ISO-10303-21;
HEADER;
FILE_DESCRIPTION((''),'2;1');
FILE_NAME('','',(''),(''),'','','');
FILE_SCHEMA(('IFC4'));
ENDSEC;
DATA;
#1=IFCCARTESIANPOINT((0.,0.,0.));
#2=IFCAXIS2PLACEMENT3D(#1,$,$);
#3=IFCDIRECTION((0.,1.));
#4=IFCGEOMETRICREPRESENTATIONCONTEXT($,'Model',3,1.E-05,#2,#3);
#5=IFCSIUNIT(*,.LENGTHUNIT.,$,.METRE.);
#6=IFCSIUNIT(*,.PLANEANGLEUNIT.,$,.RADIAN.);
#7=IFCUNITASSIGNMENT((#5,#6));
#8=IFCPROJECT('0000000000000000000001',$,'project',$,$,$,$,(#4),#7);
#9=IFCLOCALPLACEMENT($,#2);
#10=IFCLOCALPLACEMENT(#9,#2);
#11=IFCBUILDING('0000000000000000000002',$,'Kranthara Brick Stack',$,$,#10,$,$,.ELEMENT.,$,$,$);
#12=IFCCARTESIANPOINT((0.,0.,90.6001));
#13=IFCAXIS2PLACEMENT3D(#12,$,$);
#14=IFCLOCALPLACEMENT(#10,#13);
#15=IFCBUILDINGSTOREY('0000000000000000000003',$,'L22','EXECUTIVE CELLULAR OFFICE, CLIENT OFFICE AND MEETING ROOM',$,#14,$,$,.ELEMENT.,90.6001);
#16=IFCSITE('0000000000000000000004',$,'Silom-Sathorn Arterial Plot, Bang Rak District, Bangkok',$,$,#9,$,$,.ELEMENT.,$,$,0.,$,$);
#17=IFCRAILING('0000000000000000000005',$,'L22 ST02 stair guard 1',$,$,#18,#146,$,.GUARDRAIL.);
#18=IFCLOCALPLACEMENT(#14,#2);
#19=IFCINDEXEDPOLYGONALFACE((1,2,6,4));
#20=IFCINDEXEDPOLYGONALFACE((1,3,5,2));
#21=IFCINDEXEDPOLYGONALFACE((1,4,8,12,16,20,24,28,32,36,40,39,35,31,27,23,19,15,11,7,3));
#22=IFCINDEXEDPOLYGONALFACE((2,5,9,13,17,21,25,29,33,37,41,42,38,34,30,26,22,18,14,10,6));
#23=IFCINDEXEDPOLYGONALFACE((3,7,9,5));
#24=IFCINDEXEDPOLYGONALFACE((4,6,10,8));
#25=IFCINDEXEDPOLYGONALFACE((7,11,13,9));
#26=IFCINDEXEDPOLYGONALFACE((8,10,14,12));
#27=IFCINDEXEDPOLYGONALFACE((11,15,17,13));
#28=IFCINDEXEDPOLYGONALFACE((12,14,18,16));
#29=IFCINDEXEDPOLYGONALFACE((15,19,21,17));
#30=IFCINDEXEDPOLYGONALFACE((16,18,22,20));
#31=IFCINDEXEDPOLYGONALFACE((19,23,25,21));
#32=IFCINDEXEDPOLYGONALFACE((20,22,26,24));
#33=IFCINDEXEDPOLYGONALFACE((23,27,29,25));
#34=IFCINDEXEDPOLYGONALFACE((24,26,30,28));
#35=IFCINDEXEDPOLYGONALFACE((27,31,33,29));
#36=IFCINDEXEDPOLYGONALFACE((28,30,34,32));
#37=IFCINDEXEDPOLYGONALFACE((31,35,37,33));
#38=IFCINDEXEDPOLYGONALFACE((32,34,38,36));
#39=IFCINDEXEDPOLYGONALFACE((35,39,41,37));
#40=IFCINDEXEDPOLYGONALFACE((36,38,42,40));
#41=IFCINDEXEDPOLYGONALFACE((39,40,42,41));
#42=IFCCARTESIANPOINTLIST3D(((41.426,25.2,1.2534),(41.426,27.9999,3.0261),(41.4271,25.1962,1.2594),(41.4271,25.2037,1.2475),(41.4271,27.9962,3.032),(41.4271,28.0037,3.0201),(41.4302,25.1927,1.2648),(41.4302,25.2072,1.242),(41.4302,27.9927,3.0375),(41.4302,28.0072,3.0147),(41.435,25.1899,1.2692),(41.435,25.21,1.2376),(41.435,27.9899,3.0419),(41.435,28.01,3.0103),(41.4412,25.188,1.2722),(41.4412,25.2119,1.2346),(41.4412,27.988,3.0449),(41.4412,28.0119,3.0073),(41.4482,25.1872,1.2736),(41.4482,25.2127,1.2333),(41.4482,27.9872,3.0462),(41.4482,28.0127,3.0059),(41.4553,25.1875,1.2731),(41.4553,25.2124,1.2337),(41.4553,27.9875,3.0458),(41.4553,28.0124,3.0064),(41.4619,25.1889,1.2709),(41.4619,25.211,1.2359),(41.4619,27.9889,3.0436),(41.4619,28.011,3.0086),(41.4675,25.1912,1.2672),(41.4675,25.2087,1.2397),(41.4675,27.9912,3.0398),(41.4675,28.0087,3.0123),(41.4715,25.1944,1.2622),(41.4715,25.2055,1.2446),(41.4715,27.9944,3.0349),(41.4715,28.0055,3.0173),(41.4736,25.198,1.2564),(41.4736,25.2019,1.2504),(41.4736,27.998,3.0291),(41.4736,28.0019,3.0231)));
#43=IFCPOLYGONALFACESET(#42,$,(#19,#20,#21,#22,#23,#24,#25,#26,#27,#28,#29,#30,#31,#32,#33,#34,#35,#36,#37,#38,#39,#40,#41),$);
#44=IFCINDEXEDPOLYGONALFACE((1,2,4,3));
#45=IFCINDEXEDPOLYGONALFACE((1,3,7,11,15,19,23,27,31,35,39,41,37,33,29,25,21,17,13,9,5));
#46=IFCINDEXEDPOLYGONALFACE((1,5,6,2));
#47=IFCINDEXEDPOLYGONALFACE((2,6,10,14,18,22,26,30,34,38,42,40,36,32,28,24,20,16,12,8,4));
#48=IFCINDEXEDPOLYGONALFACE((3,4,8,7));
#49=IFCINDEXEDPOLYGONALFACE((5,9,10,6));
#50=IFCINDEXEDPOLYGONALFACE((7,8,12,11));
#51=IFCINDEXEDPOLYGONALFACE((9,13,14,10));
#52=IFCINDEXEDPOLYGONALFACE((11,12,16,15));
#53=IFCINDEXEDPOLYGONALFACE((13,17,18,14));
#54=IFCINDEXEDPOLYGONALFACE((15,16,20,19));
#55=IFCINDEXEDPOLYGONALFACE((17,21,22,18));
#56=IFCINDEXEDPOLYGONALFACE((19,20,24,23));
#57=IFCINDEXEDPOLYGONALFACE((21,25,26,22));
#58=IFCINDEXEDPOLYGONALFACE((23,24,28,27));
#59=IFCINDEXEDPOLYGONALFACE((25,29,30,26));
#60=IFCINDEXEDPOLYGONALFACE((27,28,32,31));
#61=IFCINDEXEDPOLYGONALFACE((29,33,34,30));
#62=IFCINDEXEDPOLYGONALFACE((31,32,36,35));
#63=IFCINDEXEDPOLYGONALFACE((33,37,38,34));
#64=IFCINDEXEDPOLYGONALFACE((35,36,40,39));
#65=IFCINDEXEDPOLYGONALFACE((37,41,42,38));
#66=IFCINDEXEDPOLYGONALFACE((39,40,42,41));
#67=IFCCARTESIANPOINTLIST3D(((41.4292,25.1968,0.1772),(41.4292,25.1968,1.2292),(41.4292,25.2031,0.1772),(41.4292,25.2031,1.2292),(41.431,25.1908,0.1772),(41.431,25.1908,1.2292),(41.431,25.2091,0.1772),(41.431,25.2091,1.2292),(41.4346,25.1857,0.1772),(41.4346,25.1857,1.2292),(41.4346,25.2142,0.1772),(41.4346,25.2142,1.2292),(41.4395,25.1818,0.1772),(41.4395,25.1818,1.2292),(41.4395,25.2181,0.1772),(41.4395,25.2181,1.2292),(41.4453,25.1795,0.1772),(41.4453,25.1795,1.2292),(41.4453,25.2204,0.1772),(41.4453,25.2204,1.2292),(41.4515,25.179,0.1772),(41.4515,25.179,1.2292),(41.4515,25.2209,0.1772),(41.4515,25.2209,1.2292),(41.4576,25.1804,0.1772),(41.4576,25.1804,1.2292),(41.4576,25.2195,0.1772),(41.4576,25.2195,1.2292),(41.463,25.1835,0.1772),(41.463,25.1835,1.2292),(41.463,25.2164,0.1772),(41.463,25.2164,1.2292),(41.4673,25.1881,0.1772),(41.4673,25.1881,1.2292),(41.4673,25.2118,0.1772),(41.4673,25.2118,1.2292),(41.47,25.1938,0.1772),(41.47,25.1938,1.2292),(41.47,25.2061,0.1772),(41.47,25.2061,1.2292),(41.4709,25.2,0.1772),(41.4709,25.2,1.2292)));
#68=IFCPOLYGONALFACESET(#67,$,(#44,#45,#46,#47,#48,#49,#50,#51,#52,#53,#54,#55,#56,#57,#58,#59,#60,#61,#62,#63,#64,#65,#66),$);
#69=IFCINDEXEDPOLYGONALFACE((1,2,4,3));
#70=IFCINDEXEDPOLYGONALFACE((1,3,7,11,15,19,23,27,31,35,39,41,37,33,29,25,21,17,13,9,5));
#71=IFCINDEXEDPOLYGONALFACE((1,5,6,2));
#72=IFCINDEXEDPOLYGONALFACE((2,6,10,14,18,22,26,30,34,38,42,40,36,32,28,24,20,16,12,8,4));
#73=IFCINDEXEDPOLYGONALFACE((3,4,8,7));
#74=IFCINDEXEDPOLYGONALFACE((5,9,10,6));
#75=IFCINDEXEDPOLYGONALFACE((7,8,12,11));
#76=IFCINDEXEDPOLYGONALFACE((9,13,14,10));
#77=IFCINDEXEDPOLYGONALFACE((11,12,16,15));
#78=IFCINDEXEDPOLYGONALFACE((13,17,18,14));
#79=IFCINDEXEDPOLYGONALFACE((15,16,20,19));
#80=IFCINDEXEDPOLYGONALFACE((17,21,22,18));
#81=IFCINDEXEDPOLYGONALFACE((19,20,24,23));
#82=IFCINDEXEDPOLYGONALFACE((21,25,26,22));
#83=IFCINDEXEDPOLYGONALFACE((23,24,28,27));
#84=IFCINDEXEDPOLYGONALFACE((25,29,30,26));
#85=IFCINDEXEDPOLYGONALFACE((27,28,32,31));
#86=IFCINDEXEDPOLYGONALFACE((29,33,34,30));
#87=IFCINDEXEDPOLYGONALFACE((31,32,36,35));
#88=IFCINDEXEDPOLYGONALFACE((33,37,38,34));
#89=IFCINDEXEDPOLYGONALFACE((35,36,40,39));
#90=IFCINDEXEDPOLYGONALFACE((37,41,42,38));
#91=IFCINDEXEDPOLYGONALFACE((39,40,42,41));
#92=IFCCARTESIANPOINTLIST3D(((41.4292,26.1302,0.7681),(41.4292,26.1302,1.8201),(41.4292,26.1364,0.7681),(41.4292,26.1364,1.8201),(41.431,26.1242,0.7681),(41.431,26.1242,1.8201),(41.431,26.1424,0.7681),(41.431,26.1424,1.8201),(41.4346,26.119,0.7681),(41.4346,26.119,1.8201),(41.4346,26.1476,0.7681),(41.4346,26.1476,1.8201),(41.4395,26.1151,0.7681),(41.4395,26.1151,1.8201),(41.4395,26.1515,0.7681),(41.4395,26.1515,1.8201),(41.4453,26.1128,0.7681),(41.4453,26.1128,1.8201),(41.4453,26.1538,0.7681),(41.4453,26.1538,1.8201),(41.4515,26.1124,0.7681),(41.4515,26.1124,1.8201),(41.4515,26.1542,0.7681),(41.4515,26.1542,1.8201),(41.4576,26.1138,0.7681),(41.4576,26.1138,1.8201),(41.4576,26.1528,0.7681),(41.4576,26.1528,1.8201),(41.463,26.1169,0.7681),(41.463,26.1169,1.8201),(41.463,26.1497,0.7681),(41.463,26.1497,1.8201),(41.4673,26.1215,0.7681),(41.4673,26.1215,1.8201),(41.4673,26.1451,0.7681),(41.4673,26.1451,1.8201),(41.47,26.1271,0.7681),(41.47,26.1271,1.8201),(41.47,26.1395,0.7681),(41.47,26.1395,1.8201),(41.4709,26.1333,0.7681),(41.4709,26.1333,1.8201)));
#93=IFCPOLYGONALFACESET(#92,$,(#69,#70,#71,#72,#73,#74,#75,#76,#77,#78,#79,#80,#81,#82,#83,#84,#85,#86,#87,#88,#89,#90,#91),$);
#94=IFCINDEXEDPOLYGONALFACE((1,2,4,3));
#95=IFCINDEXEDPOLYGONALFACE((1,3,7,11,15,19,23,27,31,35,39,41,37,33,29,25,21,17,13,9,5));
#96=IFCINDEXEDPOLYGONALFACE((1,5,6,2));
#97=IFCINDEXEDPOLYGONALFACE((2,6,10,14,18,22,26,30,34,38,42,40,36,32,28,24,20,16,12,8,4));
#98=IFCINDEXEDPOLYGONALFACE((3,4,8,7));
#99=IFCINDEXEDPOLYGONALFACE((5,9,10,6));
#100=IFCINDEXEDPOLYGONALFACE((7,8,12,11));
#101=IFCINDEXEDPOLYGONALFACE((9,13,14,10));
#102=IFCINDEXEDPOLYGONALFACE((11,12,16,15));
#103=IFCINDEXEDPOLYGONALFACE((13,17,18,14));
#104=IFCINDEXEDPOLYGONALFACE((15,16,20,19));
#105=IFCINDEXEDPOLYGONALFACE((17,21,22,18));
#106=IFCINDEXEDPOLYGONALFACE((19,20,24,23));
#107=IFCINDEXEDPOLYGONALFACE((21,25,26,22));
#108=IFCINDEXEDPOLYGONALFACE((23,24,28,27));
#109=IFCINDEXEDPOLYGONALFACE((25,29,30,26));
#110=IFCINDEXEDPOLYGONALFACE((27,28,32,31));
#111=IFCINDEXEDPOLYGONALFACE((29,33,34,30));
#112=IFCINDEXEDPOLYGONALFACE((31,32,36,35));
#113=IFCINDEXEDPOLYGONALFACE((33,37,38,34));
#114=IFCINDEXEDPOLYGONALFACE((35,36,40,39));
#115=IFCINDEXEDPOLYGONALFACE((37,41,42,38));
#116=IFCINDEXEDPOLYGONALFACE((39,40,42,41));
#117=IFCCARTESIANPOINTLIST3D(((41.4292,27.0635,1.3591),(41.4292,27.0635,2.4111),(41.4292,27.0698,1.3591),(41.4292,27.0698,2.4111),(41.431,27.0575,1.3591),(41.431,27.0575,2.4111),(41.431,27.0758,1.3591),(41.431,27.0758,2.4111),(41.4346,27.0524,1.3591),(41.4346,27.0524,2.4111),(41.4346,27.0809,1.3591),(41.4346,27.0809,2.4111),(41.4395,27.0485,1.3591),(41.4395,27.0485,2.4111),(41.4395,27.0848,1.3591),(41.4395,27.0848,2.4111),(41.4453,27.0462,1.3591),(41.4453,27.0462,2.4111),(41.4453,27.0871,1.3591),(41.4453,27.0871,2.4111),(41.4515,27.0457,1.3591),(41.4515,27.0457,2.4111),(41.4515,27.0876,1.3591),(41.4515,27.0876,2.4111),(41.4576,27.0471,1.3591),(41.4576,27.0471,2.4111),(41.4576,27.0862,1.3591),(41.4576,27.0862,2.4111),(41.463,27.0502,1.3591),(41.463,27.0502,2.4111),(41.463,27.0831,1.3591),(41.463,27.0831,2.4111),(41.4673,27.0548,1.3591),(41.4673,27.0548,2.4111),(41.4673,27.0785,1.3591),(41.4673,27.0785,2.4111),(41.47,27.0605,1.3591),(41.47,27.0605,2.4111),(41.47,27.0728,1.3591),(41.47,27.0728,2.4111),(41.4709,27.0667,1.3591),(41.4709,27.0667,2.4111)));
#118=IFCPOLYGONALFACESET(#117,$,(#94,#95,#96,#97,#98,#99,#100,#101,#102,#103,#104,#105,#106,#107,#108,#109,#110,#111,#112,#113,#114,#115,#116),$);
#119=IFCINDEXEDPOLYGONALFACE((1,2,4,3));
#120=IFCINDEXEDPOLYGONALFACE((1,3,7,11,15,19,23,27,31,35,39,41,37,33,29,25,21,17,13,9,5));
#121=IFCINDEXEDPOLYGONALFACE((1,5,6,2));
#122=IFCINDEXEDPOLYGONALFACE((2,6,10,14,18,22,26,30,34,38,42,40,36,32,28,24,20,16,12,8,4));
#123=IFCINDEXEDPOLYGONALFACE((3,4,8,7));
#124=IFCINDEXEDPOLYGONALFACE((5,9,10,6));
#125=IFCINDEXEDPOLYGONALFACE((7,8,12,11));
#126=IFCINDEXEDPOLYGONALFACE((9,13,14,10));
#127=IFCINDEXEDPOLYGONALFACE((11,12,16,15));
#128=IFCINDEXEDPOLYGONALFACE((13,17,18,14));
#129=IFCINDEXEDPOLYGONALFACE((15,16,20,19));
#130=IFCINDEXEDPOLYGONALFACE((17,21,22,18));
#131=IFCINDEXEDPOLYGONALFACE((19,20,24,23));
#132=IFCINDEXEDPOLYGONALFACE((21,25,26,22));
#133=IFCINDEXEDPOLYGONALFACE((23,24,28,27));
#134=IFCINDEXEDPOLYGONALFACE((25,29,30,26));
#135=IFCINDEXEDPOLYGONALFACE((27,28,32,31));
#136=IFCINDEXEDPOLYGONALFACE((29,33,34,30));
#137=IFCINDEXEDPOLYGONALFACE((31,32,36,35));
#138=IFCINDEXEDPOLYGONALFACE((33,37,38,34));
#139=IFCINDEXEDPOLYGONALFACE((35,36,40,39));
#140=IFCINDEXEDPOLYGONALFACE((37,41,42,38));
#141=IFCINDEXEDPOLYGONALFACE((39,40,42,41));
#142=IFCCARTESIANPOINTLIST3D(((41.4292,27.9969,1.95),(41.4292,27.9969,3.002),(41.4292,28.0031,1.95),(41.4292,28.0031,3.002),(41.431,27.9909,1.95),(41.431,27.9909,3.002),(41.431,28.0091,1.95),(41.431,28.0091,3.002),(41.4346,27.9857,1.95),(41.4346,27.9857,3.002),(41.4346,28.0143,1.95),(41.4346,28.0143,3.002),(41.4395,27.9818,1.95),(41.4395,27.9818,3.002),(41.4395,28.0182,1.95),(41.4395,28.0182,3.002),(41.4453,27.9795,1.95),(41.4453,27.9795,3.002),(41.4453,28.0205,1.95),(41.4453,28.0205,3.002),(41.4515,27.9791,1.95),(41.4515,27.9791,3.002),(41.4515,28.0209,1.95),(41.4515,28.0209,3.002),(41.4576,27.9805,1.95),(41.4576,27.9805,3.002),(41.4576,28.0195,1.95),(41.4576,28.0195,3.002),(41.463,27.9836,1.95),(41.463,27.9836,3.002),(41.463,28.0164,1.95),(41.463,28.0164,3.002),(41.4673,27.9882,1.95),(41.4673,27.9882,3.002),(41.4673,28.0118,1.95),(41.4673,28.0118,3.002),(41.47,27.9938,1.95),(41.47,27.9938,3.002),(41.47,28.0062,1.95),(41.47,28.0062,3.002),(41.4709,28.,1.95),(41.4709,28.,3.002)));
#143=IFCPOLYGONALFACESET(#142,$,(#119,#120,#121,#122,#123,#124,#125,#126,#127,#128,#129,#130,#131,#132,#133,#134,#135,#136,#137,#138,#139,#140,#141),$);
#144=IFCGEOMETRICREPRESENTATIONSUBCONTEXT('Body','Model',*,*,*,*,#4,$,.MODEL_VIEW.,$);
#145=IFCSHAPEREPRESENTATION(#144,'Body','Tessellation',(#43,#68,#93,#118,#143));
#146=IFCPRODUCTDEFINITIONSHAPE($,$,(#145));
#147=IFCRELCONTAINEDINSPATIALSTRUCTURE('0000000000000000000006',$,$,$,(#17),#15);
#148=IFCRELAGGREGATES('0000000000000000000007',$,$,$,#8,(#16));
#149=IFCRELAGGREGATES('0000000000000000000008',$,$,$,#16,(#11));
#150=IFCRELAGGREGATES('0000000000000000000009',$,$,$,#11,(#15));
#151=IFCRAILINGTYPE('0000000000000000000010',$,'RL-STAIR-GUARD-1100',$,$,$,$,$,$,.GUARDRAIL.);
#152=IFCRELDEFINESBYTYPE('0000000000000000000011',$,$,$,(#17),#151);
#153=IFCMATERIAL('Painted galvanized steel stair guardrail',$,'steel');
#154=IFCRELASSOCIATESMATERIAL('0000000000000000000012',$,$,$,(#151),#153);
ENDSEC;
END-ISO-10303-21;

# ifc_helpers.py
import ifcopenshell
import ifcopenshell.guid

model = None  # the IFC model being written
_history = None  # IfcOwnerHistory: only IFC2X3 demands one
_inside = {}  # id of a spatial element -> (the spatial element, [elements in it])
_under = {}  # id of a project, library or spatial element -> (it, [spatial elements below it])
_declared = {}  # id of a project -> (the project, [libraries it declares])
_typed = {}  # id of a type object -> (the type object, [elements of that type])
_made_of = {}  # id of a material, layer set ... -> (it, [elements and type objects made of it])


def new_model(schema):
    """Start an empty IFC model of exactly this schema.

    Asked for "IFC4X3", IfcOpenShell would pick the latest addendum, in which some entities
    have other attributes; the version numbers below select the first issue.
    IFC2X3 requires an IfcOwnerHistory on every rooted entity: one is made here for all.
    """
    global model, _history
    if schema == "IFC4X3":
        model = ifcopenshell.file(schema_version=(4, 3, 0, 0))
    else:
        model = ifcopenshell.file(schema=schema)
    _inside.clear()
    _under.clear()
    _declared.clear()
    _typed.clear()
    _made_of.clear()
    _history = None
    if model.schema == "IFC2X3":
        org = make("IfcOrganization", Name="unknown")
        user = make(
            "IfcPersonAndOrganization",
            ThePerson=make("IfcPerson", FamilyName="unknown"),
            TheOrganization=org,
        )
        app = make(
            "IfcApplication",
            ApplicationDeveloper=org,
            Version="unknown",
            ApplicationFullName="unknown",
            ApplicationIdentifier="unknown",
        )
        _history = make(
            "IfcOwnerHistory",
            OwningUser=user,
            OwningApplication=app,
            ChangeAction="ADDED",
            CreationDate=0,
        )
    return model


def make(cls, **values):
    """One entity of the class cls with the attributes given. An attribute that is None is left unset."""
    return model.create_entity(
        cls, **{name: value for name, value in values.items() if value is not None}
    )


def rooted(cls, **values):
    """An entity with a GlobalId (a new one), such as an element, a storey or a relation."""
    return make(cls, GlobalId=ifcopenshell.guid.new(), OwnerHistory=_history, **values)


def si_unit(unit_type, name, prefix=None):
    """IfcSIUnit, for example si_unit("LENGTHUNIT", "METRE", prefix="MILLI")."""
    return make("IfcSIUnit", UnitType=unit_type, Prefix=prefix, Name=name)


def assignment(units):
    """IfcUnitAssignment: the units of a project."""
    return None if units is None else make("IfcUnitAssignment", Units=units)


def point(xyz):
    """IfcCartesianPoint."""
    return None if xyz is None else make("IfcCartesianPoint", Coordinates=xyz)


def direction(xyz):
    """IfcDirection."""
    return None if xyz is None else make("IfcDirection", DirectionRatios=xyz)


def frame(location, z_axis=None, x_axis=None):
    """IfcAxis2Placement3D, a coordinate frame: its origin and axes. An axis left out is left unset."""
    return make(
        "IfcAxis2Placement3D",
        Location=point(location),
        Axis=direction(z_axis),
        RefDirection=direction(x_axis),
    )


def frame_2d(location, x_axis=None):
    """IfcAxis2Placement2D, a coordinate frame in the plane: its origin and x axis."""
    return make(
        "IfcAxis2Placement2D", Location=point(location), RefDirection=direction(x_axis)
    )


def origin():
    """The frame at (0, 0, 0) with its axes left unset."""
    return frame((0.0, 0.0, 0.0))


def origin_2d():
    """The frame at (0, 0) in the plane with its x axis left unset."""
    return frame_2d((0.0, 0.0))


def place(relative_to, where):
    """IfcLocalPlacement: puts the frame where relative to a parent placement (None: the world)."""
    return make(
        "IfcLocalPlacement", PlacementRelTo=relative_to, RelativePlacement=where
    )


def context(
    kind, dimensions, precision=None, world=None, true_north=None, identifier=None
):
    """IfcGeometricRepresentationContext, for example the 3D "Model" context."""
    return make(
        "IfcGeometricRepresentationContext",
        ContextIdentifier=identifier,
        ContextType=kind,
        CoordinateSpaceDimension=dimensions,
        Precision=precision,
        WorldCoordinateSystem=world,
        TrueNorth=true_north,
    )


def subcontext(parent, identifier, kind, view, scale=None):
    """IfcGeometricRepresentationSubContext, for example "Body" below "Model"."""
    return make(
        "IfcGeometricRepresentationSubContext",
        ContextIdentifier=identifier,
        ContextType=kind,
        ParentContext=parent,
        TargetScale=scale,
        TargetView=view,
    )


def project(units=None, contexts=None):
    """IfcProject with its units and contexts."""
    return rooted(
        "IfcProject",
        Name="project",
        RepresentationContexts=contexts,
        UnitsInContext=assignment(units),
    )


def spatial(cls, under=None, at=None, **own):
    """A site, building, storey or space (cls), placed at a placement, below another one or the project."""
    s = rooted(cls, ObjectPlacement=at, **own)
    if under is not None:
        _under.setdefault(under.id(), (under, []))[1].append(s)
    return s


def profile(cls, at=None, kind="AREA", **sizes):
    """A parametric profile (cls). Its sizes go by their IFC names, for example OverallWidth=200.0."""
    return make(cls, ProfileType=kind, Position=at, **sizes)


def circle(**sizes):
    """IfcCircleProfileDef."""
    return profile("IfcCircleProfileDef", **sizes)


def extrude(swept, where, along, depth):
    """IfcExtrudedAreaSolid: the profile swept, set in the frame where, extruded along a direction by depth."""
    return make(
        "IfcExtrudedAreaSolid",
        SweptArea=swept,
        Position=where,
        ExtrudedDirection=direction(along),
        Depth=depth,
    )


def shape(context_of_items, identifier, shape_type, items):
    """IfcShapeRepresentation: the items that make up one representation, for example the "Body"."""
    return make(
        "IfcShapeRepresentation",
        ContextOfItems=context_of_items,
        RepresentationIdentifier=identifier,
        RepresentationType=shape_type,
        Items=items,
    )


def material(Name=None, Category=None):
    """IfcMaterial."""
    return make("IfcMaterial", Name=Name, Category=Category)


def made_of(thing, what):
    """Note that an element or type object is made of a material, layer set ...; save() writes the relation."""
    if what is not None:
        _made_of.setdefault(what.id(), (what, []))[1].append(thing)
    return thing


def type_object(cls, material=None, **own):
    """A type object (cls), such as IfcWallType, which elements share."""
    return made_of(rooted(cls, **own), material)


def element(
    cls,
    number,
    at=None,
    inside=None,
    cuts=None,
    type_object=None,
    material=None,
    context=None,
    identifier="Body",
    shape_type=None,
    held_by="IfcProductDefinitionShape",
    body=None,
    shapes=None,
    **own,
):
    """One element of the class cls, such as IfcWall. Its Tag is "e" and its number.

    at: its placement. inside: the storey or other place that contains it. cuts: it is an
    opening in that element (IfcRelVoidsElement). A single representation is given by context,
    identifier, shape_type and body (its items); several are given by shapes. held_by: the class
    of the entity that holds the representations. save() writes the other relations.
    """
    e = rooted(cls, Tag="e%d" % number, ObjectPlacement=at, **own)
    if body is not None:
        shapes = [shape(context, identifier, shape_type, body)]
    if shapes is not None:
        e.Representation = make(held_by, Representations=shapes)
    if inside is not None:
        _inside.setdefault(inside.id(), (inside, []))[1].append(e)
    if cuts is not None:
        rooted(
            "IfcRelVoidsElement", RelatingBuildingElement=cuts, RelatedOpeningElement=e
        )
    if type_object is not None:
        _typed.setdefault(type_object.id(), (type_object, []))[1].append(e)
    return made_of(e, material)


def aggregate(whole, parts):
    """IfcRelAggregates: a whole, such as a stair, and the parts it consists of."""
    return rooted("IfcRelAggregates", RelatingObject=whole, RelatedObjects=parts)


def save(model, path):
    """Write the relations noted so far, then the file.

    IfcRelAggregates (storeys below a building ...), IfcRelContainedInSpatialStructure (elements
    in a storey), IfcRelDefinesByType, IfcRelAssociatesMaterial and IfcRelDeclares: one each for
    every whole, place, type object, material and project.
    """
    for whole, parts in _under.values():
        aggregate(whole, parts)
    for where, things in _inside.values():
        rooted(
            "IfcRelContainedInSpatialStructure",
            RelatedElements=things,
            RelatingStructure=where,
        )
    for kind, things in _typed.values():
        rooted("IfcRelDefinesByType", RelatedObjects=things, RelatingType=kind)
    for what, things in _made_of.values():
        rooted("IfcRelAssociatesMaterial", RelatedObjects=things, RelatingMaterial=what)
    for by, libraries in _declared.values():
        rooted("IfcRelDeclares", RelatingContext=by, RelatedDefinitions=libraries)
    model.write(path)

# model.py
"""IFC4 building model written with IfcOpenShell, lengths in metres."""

from ifc_helpers import new_model, si_unit, direction, frame, origin, origin_2d, place, context, subcontext, project, spatial, circle, extrude, material, type_object, element, save


model = new_model("IFC4")

# Units and contexts
model_context = context("Model", 3, precision=1e-05, world=origin(), true_north=direction((0.0, 1.0)))
body_context = subcontext(model_context, "Body", "Model", "MODEL_VIEW")
ifc_project = project(units=[si_unit("LENGTHUNIT", "METRE"), si_unit("PLANEANGLEUNIT", "RADIAN")], contexts=[model_context])

# Site, building, storey
site_placement = place(None, origin())
site = spatial("IfcSite", under=ifc_project, at=site_placement, Name="Silom-Sathorn Arterial Plot, Bang Rak District, Bangkok", CompositionType="ELEMENT", RefElevation=0.0)
building_placement = place(site_placement, origin())
building = spatial("IfcBuilding", under=site, at=building_placement, Name="Kranthara Brick Stack", CompositionType="ELEMENT")
storey_placement = place(building_placement, frame((0.0, 0.0, 90.6001)))
storey = spatial("IfcBuildingStorey", under=building, at=storey_placement, Name="L22", Description="EXECUTIVE CELLULAR OFFICE, CLIENT OFFICE AND MEETING ROOM", CompositionType="ELEMENT", Elevation=90.6001)

# Railing
ifc_material_1 = material(Name="Painted galvanized steel stair guardrail", Category="steel")
railing_type = type_object("IfcRailingType", Name="RL-STAIR-GUARD-1100", PredefinedType="GUARDRAIL", material=ifc_material_1)
railing_1_placement = place(storey_placement, frame((41.45, 25.2, 0.1772)))
element("IfcRailing", 1, at=railing_1_placement, inside=storey, type_object=railing_type, Name="L22 ST02 stair guard 1", PredefinedType="GUARDRAIL", context=body_context, shape_type="SweptSolid", body=[
    extrude(circle(Radius=0.0239, at=origin_2d()), frame((0.0, 0.0, 1.0762), z_axis=(0.0, 0.844909, 0.53491), x_axis=(-1.0, 0.0, 0.0)), (0.0, 0.0, 1.0), 3.314),
    extrude(circle(Radius=0.021, at=origin_2d()), origin(), (0.0, 0.0, 1.0), 1.052),
    extrude(circle(Radius=0.021, at=origin_2d()), frame((0.0, 0.9333, 0.5908)), (0.0, 0.0, 1.0), 1.052),
    extrude(circle(Radius=0.021, at=origin_2d()), frame((0.0, 1.8667, 1.1819)), (0.0, 0.0, 1.0), 1.052),
    extrude(circle(Radius=0.021, at=origin_2d()), frame((0.0, 2.8, 1.7727)), (0.0, 0.0, 1.0), 1.052),
])

save(model, "model.ifc")
